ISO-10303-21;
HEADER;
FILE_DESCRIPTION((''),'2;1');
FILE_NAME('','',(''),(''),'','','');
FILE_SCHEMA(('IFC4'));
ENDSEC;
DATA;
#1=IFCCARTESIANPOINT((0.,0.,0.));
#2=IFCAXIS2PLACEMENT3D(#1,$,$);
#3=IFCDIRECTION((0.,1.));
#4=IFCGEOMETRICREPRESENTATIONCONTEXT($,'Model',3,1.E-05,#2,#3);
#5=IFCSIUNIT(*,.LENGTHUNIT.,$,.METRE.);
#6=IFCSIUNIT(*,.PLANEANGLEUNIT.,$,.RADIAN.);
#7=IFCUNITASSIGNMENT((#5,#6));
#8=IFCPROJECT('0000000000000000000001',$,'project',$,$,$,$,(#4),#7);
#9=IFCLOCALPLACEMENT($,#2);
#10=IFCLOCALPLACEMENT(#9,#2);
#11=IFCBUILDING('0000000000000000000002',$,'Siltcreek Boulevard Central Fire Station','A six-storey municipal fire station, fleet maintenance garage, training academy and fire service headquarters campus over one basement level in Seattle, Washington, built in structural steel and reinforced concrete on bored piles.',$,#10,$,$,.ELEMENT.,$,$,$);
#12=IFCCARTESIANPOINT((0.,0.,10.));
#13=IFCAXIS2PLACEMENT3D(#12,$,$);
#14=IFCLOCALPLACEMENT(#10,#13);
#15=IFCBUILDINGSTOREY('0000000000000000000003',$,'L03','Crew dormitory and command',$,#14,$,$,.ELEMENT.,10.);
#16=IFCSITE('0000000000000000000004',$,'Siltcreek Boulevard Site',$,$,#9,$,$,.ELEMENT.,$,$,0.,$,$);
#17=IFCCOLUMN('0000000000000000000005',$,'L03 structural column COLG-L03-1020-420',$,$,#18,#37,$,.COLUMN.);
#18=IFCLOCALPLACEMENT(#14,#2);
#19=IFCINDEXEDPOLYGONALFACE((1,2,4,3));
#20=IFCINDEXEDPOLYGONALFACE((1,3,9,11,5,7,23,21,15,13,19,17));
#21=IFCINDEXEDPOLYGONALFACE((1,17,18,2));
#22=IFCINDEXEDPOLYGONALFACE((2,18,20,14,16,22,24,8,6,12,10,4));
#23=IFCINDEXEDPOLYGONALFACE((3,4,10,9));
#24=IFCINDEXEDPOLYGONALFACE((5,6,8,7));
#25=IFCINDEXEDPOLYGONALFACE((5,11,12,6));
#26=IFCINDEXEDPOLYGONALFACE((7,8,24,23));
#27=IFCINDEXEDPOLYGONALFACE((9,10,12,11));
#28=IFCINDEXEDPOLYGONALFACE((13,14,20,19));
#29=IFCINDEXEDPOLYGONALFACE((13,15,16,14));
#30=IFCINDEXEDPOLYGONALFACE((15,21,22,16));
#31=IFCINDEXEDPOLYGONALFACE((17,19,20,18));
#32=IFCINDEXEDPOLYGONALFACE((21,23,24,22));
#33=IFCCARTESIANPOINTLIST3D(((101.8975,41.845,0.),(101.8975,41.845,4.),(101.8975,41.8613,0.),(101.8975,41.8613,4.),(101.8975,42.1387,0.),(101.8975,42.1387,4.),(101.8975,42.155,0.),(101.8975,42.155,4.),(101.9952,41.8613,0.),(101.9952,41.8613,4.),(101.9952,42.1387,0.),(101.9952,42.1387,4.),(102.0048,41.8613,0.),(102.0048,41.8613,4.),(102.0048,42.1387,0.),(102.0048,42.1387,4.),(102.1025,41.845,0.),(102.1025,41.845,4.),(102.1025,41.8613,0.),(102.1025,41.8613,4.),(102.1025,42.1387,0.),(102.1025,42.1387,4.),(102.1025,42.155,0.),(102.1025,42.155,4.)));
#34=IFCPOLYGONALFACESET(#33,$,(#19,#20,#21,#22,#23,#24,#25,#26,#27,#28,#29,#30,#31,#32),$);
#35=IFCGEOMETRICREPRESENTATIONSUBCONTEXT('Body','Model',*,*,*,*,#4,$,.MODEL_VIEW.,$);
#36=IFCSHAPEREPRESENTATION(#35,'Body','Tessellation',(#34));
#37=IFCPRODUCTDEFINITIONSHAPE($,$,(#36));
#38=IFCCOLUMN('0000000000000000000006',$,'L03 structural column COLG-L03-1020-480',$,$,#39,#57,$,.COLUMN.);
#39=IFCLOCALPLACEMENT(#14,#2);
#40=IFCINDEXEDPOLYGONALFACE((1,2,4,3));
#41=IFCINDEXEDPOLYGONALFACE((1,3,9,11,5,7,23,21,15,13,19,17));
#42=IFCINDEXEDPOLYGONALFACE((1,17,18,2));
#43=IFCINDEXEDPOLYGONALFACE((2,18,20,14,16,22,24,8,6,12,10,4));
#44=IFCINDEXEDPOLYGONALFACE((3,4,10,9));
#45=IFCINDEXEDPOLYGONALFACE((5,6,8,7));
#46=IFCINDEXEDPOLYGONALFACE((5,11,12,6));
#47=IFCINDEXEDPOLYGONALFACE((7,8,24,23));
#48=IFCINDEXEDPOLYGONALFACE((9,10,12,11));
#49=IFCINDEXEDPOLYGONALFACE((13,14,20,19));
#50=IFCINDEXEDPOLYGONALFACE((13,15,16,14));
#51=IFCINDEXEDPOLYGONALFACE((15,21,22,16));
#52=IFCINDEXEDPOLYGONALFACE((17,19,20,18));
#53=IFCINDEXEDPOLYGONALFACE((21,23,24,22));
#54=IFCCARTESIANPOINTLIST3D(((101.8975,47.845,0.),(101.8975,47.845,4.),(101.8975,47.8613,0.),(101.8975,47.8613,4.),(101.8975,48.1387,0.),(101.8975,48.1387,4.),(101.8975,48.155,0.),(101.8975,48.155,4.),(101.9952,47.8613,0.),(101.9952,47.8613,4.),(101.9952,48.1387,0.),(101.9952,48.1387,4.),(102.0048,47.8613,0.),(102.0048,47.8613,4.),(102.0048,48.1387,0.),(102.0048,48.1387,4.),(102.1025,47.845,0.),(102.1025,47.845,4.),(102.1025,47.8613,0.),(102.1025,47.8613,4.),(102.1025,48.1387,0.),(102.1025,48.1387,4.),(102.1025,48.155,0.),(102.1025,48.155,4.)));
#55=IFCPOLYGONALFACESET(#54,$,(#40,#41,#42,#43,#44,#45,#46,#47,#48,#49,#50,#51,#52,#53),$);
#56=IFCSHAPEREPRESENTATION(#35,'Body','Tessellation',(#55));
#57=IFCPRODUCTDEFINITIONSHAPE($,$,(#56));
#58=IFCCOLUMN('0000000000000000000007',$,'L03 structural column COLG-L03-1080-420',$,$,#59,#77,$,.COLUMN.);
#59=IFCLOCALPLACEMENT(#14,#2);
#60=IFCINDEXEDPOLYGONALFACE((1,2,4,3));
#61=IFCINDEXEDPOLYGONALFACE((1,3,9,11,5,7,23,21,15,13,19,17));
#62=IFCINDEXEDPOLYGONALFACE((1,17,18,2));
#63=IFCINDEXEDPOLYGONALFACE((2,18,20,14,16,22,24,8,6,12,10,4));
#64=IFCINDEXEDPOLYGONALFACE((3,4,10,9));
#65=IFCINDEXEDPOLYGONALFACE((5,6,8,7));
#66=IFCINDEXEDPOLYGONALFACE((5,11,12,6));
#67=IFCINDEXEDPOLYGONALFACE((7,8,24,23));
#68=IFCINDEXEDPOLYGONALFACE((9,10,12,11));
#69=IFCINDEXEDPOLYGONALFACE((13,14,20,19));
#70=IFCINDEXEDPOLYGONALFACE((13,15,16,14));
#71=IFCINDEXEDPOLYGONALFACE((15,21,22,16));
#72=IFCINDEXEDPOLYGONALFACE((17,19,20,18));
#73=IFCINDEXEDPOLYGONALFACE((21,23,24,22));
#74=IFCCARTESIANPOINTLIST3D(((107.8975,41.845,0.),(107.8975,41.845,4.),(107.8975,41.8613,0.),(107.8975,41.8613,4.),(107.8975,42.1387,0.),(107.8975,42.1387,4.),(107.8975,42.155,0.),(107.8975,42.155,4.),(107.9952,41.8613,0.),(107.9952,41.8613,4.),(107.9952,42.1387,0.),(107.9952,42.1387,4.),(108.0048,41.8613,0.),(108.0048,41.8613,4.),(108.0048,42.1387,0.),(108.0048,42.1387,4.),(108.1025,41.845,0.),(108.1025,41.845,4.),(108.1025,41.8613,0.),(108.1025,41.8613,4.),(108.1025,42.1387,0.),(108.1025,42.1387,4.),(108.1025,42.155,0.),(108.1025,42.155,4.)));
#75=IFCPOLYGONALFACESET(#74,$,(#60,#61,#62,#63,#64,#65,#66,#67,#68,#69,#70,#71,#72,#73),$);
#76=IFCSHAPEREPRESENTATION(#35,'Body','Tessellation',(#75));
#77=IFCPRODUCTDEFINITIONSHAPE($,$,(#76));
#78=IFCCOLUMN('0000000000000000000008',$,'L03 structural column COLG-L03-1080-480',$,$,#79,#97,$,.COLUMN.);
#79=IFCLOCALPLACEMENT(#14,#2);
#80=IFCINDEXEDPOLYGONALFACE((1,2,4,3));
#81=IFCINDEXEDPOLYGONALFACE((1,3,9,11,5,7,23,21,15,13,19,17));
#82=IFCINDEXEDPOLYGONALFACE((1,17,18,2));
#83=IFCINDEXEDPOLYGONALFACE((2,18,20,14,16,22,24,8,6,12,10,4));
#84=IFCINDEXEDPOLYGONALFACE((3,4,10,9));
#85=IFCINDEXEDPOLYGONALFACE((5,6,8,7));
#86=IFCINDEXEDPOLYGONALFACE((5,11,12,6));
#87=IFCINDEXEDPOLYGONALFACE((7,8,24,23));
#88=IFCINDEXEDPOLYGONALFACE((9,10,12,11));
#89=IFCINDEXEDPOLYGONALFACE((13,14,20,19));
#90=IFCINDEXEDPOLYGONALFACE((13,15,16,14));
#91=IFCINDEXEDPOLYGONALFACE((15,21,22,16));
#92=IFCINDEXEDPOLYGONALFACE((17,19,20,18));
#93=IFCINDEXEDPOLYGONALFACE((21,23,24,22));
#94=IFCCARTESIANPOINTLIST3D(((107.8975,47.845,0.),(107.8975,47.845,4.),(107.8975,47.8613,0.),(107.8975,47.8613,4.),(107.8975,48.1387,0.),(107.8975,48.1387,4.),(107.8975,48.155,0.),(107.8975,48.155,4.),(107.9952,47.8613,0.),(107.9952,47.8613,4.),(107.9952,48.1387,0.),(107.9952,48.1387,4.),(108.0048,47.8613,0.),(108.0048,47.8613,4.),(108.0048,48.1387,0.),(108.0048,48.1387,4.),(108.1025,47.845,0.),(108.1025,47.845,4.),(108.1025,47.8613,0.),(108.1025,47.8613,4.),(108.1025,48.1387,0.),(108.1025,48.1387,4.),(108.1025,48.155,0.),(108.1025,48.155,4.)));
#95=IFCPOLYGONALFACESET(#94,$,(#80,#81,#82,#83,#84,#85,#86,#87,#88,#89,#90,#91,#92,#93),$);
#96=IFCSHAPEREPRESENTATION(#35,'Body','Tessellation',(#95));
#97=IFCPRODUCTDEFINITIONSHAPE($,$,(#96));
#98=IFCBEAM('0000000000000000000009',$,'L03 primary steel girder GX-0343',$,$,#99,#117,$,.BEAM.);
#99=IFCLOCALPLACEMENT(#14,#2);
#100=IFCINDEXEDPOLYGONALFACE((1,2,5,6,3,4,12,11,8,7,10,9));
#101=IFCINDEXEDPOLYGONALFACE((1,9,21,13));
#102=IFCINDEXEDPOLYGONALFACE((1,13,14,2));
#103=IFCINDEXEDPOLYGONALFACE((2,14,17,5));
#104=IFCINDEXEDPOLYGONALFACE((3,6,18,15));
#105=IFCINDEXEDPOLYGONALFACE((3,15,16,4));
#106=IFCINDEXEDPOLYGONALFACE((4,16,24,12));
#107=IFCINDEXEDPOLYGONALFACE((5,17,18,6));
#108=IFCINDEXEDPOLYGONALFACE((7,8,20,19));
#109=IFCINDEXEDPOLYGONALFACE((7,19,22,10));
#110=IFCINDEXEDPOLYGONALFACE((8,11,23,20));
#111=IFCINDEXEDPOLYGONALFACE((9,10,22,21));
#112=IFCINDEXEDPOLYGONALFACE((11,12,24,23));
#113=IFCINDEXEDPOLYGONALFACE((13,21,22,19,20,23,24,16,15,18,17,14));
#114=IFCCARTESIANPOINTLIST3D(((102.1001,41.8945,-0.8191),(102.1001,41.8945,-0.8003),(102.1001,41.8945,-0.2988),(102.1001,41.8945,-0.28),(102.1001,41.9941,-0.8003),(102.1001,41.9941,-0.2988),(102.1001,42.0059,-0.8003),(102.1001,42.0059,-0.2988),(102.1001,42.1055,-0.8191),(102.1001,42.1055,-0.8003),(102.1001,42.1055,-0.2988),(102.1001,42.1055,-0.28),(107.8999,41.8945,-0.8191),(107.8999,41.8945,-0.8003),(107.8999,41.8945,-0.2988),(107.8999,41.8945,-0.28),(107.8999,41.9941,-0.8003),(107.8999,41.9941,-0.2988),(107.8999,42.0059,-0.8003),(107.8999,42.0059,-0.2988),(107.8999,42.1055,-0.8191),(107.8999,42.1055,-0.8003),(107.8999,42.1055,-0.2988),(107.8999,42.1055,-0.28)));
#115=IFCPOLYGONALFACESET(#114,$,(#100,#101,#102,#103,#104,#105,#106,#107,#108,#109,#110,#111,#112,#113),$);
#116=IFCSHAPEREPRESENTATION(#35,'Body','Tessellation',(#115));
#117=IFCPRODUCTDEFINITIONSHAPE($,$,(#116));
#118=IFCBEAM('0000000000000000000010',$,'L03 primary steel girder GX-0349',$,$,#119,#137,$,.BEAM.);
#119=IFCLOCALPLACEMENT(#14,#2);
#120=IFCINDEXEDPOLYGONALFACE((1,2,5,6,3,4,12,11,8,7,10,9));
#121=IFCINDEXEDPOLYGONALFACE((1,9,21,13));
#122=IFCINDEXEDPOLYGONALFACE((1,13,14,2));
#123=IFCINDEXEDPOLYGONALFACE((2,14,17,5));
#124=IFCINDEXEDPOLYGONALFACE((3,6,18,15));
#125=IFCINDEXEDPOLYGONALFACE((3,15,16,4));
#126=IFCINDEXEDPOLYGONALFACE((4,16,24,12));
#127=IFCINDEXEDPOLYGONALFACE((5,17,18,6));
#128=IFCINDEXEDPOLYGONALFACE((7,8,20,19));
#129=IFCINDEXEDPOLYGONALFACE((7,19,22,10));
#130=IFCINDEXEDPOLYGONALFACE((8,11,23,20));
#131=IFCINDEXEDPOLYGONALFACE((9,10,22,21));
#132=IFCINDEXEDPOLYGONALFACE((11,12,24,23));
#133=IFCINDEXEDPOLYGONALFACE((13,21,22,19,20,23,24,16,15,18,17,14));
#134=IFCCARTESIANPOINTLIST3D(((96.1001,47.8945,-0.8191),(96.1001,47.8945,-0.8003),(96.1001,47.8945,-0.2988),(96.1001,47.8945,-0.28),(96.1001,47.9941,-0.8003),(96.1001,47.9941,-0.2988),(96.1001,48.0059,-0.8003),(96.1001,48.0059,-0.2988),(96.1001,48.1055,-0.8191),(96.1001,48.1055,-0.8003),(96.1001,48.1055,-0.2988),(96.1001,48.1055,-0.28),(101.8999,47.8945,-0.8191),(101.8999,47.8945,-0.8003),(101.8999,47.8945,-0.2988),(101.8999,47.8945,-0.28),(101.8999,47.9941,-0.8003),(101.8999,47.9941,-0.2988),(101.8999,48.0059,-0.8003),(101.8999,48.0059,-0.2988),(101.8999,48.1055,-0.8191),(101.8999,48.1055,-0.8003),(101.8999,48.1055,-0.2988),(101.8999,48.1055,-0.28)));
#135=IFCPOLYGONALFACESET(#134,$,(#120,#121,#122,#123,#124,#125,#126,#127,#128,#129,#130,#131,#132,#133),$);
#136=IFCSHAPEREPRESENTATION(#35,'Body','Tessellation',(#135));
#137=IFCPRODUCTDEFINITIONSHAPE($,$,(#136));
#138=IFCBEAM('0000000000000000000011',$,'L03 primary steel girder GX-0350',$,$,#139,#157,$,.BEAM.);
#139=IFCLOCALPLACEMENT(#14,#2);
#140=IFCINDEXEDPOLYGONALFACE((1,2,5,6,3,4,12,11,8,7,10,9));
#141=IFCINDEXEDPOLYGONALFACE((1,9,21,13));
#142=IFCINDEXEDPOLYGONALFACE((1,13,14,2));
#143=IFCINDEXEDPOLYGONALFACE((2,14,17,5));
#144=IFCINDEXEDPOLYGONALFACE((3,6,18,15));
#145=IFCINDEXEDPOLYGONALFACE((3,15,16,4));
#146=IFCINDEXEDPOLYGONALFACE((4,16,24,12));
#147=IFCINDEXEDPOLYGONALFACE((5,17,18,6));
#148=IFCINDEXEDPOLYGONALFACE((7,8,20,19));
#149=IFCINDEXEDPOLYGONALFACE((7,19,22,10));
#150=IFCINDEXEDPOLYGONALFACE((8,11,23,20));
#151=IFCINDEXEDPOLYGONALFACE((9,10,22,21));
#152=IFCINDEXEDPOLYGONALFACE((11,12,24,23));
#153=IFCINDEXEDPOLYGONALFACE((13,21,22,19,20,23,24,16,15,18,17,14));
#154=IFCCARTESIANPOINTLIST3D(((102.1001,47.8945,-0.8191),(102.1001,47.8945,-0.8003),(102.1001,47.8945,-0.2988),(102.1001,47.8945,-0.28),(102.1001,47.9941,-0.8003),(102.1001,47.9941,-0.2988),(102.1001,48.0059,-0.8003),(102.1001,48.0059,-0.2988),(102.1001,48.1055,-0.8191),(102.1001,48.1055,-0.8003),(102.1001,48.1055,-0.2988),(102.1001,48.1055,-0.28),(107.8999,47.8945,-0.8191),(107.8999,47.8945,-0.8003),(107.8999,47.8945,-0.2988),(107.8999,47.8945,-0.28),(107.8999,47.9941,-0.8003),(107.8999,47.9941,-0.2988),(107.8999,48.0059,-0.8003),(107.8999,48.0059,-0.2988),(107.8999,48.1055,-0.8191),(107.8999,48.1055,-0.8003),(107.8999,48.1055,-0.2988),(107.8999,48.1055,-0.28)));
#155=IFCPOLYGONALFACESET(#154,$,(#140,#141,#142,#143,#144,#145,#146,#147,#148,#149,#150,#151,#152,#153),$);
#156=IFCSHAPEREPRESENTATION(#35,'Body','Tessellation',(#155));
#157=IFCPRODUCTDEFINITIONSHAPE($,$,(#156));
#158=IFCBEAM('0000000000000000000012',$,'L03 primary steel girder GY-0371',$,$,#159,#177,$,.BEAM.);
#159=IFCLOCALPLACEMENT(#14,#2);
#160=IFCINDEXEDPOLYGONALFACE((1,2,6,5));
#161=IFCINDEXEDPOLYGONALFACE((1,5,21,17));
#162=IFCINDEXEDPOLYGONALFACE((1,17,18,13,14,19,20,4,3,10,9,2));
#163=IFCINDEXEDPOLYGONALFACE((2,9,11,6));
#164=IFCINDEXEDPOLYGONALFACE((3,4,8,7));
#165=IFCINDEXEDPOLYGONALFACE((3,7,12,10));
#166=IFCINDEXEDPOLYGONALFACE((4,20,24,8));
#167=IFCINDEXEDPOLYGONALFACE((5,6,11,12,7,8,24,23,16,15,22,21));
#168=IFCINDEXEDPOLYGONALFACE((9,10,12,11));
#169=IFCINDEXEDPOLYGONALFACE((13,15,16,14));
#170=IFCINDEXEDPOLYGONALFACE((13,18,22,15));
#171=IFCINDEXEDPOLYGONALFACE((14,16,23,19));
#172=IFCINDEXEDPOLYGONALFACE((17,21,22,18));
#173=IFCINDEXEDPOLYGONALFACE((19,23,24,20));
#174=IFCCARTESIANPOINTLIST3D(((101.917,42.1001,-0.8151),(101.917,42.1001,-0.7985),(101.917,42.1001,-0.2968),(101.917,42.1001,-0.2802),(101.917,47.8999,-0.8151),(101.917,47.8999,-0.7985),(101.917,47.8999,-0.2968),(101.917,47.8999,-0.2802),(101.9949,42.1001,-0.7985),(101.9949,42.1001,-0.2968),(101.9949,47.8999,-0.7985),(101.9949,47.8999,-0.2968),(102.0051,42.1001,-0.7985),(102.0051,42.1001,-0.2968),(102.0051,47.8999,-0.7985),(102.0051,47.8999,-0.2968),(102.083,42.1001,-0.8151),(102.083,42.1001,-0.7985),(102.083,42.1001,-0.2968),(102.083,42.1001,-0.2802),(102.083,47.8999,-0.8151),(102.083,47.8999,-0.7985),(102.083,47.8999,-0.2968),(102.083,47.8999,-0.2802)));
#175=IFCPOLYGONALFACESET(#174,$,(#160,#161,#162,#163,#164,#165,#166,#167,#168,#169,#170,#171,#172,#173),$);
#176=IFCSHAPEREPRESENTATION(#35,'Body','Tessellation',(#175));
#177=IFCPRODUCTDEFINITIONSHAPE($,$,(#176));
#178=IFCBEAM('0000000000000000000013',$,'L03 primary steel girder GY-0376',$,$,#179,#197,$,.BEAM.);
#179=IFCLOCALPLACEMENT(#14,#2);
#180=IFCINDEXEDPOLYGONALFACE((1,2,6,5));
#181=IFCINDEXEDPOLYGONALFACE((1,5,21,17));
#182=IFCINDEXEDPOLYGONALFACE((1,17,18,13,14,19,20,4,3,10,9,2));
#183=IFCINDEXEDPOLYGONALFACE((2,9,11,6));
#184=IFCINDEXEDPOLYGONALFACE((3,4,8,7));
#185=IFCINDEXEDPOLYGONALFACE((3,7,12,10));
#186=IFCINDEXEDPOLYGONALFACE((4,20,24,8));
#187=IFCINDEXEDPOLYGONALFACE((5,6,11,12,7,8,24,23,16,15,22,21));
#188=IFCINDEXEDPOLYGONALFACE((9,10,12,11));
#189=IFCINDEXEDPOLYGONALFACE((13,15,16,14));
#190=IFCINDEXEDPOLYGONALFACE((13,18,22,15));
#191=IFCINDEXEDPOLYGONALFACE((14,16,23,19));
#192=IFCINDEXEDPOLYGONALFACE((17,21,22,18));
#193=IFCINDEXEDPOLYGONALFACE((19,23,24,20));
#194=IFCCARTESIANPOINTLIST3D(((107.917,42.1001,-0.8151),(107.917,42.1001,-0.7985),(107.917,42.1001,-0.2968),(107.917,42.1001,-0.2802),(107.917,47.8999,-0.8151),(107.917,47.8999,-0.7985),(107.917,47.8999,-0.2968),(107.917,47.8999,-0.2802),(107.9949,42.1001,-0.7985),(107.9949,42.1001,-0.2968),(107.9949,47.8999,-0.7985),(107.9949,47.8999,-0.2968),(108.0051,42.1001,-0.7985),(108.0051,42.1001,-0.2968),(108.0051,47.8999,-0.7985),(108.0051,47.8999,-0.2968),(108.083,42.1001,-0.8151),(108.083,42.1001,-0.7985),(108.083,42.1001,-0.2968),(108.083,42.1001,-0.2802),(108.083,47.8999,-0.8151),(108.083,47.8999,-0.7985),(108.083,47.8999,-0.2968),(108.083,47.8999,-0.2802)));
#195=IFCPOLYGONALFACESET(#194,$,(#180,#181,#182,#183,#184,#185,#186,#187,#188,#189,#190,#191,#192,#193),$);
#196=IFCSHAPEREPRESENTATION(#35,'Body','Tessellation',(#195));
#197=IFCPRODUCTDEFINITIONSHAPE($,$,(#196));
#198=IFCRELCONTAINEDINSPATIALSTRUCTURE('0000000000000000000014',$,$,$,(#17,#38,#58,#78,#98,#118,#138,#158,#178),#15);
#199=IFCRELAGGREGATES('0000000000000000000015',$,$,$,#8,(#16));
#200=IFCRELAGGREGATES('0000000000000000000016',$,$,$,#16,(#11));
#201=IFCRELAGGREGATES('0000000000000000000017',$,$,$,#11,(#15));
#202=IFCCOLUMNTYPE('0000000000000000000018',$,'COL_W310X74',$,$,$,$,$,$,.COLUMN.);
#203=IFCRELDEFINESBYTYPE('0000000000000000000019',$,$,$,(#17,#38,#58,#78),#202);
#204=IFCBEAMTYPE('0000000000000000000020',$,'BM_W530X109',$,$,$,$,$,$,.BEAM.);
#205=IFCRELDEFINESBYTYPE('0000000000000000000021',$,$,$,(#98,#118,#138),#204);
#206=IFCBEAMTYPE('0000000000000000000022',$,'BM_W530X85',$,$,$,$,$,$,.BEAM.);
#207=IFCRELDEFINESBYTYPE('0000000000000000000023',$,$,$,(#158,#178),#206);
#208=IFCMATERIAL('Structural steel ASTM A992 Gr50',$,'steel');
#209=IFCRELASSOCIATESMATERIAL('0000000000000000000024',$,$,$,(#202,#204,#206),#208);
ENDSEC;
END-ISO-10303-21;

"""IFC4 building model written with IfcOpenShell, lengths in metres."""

from ifc_helpers import new_model, si_unit, direction, frame, origin, origin_2d, place, context, subcontext, project, spatial, i_section, extrude, material, material_profile, profile_set, type_object, element, save


model = new_model("IFC4")

# Units and contexts
model_context = context("Model", 3, precision=1e-05, world=origin(), true_north=direction((0.0, 1.0)))
body_context = subcontext(model_context, "Body", "Model", "MODEL_VIEW")
ifc_project = project(units=[si_unit("LENGTHUNIT", "METRE"), si_unit("PLANEANGLEUNIT", "RADIAN")], contexts=[model_context])

# Site, building, storey
site_placement = place(None, origin())
site = spatial("IfcSite", under=ifc_project, at=site_placement, Name="Siltcreek Boulevard Site", CompositionType="ELEMENT", RefElevation=0.0)
building_placement = place(site_placement, origin())
building = spatial("IfcBuilding", under=site, at=building_placement, Name="Siltcreek Boulevard Central Fire Station", Description="A six-storey municipal fire station, fleet maintenance garage, training academy and fire service headquarters campus over one basement level in Seattle, Washington, built in structural steel and reinforced concrete on bored piles.", CompositionType="ELEMENT")
storey_placement = place(building_placement, frame((0.0, 0.0, 10.0)))
storey = spatial("IfcBuildingStorey", under=building, at=storey_placement, Name="L03", Description="Crew dormitory and command", CompositionType="ELEMENT", Elevation=10.0)

# Columns
ifc_material_1 = material(Name="Structural steel ASTM A992 Gr50", Category="steel")
ifc_material_profile_1 = material_profile(ifc_material_1, i_section(OverallWidth=0.2051, OverallDepth=0.3101, WebThickness=0.0095, FlangeThickness=0.0164, at=origin_2d()), Name="W310X74")
ifc_profile_set_1 = profile_set([ifc_material_profile_1], Name="Structural steel ASTM A992 Gr50")
column_type = type_object("IfcColumnType", Name="COL_W310X74", PredefinedType="COLUMN", material=ifc_profile_set_1)
for number, where, z_axis, x_axis, name in (
    (1, (102.0, 42.0, 0.0), (0.0, 0.0, 1.0), (1.0, 0.0, 0.0), "L03 structural column COLG-L03-1020-420"),
    (2, (102.0, 48.0, 0.0), (0.0, 0.0, 1.0), (1.0, 0.0, 0.0), "L03 structural column COLG-L03-1020-480"),
    (3, (108.0, 42.0, 0.0), (0.0, 0.0, 1.0), (1.0, 0.0, 0.0), "L03 structural column COLG-L03-1080-420"),
    (4, (108.0, 48.0, 0.0), (0.0, 0.0, 1.0), (1.0, 0.0, 0.0), "L03 structural column COLG-L03-1080-480"),
):
    element("IfcColumn", number, at=place(storey_placement, frame(where, z_axis=z_axis, x_axis=x_axis)), inside=storey, type_object=column_type, Name=name, PredefinedType="COLUMN", context=body_context, shape_type="SweptSolid", body=[
        extrude(i_section(OverallWidth=0.2051, OverallDepth=0.3101, WebThickness=0.0095, FlangeThickness=0.0164, at=origin_2d()), origin(), (0.0, 0.0, 1.0), 4.0),
    ])

# Beams
ifc_material_profile_2 = material_profile(ifc_material_1, i_section(OverallWidth=0.2109, OverallDepth=0.5391, WebThickness=0.0117, FlangeThickness=0.0188, at=origin_2d()), Name="W530X109")
ifc_profile_set_2 = profile_set([ifc_material_profile_2], Name="Structural steel ASTM A992 Gr50")
beam_type_1 = type_object("IfcBeamType", Name="BM_W530X109", PredefinedType="BEAM", material=ifc_profile_set_2)
for number, where, z_axis, x_axis, name in (
    (5, (102.1001, 42.0, -0.5496), (1.0, 0.0, 0.0), (0.0, 1.0, 0.0), "L03 primary steel girder GX-0343"),
    (6, (96.1001, 48.0, -0.5496), (1.0, 0.0, 0.0), (0.0, 1.0, 0.0), "L03 primary steel girder GX-0349"),
    (7, (102.1001, 48.0, -0.5496), (1.0, 0.0, 0.0), (0.0, 1.0, 0.0), "L03 primary steel girder GX-0350"),
):
    element("IfcBeam", number, at=place(storey_placement, frame(where, z_axis=z_axis, x_axis=x_axis)), inside=storey, type_object=beam_type_1, Name=name, PredefinedType="BEAM", context=body_context, shape_type="SweptSolid", body=[
        extrude(i_section(OverallWidth=0.2109, OverallDepth=0.5391, WebThickness=0.0117, FlangeThickness=0.0188, at=origin_2d()), origin(), (0.0, 0.0, 1.0), 5.7998),
    ])
ifc_material_profile_3 = material_profile(ifc_material_1, i_section(OverallWidth=0.166, OverallDepth=0.5349, WebThickness=0.0103, FlangeThickness=0.0166, at=origin_2d()), Name="W530X85")
ifc_profile_set_3 = profile_set([ifc_material_profile_3], Name="Structural steel ASTM A992 Gr50")
beam_type_2 = type_object("IfcBeamType", Name="BM_W530X85", PredefinedType="BEAM", material=ifc_profile_set_3)
for number, where, z_axis, x_axis, name in (
    (8, (102.0, 42.1001, -0.5476), (0.0, 1.0, 0.0), (-1.0, 0.0, 0.0), "L03 primary steel girder GY-0371"),
    (9, (108.0, 42.1001, -0.5476), (0.0, 1.0, 0.0), (-1.0, 0.0, 0.0), "L03 primary steel girder GY-0376"),
):
    element("IfcBeam", number, at=place(storey_placement, frame(where, z_axis=z_axis, x_axis=x_axis)), inside=storey, type_object=beam_type_2, Name=name, PredefinedType="BEAM", context=body_context, shape_type="SweptSolid", body=[
        extrude(i_section(OverallWidth=0.166, OverallDepth=0.5349, WebThickness=0.0103, FlangeThickness=0.0166, at=origin_2d()), origin(), (0.0, 0.0, 1.0), 5.7998),
    ])

save(model, "model.ifc")
